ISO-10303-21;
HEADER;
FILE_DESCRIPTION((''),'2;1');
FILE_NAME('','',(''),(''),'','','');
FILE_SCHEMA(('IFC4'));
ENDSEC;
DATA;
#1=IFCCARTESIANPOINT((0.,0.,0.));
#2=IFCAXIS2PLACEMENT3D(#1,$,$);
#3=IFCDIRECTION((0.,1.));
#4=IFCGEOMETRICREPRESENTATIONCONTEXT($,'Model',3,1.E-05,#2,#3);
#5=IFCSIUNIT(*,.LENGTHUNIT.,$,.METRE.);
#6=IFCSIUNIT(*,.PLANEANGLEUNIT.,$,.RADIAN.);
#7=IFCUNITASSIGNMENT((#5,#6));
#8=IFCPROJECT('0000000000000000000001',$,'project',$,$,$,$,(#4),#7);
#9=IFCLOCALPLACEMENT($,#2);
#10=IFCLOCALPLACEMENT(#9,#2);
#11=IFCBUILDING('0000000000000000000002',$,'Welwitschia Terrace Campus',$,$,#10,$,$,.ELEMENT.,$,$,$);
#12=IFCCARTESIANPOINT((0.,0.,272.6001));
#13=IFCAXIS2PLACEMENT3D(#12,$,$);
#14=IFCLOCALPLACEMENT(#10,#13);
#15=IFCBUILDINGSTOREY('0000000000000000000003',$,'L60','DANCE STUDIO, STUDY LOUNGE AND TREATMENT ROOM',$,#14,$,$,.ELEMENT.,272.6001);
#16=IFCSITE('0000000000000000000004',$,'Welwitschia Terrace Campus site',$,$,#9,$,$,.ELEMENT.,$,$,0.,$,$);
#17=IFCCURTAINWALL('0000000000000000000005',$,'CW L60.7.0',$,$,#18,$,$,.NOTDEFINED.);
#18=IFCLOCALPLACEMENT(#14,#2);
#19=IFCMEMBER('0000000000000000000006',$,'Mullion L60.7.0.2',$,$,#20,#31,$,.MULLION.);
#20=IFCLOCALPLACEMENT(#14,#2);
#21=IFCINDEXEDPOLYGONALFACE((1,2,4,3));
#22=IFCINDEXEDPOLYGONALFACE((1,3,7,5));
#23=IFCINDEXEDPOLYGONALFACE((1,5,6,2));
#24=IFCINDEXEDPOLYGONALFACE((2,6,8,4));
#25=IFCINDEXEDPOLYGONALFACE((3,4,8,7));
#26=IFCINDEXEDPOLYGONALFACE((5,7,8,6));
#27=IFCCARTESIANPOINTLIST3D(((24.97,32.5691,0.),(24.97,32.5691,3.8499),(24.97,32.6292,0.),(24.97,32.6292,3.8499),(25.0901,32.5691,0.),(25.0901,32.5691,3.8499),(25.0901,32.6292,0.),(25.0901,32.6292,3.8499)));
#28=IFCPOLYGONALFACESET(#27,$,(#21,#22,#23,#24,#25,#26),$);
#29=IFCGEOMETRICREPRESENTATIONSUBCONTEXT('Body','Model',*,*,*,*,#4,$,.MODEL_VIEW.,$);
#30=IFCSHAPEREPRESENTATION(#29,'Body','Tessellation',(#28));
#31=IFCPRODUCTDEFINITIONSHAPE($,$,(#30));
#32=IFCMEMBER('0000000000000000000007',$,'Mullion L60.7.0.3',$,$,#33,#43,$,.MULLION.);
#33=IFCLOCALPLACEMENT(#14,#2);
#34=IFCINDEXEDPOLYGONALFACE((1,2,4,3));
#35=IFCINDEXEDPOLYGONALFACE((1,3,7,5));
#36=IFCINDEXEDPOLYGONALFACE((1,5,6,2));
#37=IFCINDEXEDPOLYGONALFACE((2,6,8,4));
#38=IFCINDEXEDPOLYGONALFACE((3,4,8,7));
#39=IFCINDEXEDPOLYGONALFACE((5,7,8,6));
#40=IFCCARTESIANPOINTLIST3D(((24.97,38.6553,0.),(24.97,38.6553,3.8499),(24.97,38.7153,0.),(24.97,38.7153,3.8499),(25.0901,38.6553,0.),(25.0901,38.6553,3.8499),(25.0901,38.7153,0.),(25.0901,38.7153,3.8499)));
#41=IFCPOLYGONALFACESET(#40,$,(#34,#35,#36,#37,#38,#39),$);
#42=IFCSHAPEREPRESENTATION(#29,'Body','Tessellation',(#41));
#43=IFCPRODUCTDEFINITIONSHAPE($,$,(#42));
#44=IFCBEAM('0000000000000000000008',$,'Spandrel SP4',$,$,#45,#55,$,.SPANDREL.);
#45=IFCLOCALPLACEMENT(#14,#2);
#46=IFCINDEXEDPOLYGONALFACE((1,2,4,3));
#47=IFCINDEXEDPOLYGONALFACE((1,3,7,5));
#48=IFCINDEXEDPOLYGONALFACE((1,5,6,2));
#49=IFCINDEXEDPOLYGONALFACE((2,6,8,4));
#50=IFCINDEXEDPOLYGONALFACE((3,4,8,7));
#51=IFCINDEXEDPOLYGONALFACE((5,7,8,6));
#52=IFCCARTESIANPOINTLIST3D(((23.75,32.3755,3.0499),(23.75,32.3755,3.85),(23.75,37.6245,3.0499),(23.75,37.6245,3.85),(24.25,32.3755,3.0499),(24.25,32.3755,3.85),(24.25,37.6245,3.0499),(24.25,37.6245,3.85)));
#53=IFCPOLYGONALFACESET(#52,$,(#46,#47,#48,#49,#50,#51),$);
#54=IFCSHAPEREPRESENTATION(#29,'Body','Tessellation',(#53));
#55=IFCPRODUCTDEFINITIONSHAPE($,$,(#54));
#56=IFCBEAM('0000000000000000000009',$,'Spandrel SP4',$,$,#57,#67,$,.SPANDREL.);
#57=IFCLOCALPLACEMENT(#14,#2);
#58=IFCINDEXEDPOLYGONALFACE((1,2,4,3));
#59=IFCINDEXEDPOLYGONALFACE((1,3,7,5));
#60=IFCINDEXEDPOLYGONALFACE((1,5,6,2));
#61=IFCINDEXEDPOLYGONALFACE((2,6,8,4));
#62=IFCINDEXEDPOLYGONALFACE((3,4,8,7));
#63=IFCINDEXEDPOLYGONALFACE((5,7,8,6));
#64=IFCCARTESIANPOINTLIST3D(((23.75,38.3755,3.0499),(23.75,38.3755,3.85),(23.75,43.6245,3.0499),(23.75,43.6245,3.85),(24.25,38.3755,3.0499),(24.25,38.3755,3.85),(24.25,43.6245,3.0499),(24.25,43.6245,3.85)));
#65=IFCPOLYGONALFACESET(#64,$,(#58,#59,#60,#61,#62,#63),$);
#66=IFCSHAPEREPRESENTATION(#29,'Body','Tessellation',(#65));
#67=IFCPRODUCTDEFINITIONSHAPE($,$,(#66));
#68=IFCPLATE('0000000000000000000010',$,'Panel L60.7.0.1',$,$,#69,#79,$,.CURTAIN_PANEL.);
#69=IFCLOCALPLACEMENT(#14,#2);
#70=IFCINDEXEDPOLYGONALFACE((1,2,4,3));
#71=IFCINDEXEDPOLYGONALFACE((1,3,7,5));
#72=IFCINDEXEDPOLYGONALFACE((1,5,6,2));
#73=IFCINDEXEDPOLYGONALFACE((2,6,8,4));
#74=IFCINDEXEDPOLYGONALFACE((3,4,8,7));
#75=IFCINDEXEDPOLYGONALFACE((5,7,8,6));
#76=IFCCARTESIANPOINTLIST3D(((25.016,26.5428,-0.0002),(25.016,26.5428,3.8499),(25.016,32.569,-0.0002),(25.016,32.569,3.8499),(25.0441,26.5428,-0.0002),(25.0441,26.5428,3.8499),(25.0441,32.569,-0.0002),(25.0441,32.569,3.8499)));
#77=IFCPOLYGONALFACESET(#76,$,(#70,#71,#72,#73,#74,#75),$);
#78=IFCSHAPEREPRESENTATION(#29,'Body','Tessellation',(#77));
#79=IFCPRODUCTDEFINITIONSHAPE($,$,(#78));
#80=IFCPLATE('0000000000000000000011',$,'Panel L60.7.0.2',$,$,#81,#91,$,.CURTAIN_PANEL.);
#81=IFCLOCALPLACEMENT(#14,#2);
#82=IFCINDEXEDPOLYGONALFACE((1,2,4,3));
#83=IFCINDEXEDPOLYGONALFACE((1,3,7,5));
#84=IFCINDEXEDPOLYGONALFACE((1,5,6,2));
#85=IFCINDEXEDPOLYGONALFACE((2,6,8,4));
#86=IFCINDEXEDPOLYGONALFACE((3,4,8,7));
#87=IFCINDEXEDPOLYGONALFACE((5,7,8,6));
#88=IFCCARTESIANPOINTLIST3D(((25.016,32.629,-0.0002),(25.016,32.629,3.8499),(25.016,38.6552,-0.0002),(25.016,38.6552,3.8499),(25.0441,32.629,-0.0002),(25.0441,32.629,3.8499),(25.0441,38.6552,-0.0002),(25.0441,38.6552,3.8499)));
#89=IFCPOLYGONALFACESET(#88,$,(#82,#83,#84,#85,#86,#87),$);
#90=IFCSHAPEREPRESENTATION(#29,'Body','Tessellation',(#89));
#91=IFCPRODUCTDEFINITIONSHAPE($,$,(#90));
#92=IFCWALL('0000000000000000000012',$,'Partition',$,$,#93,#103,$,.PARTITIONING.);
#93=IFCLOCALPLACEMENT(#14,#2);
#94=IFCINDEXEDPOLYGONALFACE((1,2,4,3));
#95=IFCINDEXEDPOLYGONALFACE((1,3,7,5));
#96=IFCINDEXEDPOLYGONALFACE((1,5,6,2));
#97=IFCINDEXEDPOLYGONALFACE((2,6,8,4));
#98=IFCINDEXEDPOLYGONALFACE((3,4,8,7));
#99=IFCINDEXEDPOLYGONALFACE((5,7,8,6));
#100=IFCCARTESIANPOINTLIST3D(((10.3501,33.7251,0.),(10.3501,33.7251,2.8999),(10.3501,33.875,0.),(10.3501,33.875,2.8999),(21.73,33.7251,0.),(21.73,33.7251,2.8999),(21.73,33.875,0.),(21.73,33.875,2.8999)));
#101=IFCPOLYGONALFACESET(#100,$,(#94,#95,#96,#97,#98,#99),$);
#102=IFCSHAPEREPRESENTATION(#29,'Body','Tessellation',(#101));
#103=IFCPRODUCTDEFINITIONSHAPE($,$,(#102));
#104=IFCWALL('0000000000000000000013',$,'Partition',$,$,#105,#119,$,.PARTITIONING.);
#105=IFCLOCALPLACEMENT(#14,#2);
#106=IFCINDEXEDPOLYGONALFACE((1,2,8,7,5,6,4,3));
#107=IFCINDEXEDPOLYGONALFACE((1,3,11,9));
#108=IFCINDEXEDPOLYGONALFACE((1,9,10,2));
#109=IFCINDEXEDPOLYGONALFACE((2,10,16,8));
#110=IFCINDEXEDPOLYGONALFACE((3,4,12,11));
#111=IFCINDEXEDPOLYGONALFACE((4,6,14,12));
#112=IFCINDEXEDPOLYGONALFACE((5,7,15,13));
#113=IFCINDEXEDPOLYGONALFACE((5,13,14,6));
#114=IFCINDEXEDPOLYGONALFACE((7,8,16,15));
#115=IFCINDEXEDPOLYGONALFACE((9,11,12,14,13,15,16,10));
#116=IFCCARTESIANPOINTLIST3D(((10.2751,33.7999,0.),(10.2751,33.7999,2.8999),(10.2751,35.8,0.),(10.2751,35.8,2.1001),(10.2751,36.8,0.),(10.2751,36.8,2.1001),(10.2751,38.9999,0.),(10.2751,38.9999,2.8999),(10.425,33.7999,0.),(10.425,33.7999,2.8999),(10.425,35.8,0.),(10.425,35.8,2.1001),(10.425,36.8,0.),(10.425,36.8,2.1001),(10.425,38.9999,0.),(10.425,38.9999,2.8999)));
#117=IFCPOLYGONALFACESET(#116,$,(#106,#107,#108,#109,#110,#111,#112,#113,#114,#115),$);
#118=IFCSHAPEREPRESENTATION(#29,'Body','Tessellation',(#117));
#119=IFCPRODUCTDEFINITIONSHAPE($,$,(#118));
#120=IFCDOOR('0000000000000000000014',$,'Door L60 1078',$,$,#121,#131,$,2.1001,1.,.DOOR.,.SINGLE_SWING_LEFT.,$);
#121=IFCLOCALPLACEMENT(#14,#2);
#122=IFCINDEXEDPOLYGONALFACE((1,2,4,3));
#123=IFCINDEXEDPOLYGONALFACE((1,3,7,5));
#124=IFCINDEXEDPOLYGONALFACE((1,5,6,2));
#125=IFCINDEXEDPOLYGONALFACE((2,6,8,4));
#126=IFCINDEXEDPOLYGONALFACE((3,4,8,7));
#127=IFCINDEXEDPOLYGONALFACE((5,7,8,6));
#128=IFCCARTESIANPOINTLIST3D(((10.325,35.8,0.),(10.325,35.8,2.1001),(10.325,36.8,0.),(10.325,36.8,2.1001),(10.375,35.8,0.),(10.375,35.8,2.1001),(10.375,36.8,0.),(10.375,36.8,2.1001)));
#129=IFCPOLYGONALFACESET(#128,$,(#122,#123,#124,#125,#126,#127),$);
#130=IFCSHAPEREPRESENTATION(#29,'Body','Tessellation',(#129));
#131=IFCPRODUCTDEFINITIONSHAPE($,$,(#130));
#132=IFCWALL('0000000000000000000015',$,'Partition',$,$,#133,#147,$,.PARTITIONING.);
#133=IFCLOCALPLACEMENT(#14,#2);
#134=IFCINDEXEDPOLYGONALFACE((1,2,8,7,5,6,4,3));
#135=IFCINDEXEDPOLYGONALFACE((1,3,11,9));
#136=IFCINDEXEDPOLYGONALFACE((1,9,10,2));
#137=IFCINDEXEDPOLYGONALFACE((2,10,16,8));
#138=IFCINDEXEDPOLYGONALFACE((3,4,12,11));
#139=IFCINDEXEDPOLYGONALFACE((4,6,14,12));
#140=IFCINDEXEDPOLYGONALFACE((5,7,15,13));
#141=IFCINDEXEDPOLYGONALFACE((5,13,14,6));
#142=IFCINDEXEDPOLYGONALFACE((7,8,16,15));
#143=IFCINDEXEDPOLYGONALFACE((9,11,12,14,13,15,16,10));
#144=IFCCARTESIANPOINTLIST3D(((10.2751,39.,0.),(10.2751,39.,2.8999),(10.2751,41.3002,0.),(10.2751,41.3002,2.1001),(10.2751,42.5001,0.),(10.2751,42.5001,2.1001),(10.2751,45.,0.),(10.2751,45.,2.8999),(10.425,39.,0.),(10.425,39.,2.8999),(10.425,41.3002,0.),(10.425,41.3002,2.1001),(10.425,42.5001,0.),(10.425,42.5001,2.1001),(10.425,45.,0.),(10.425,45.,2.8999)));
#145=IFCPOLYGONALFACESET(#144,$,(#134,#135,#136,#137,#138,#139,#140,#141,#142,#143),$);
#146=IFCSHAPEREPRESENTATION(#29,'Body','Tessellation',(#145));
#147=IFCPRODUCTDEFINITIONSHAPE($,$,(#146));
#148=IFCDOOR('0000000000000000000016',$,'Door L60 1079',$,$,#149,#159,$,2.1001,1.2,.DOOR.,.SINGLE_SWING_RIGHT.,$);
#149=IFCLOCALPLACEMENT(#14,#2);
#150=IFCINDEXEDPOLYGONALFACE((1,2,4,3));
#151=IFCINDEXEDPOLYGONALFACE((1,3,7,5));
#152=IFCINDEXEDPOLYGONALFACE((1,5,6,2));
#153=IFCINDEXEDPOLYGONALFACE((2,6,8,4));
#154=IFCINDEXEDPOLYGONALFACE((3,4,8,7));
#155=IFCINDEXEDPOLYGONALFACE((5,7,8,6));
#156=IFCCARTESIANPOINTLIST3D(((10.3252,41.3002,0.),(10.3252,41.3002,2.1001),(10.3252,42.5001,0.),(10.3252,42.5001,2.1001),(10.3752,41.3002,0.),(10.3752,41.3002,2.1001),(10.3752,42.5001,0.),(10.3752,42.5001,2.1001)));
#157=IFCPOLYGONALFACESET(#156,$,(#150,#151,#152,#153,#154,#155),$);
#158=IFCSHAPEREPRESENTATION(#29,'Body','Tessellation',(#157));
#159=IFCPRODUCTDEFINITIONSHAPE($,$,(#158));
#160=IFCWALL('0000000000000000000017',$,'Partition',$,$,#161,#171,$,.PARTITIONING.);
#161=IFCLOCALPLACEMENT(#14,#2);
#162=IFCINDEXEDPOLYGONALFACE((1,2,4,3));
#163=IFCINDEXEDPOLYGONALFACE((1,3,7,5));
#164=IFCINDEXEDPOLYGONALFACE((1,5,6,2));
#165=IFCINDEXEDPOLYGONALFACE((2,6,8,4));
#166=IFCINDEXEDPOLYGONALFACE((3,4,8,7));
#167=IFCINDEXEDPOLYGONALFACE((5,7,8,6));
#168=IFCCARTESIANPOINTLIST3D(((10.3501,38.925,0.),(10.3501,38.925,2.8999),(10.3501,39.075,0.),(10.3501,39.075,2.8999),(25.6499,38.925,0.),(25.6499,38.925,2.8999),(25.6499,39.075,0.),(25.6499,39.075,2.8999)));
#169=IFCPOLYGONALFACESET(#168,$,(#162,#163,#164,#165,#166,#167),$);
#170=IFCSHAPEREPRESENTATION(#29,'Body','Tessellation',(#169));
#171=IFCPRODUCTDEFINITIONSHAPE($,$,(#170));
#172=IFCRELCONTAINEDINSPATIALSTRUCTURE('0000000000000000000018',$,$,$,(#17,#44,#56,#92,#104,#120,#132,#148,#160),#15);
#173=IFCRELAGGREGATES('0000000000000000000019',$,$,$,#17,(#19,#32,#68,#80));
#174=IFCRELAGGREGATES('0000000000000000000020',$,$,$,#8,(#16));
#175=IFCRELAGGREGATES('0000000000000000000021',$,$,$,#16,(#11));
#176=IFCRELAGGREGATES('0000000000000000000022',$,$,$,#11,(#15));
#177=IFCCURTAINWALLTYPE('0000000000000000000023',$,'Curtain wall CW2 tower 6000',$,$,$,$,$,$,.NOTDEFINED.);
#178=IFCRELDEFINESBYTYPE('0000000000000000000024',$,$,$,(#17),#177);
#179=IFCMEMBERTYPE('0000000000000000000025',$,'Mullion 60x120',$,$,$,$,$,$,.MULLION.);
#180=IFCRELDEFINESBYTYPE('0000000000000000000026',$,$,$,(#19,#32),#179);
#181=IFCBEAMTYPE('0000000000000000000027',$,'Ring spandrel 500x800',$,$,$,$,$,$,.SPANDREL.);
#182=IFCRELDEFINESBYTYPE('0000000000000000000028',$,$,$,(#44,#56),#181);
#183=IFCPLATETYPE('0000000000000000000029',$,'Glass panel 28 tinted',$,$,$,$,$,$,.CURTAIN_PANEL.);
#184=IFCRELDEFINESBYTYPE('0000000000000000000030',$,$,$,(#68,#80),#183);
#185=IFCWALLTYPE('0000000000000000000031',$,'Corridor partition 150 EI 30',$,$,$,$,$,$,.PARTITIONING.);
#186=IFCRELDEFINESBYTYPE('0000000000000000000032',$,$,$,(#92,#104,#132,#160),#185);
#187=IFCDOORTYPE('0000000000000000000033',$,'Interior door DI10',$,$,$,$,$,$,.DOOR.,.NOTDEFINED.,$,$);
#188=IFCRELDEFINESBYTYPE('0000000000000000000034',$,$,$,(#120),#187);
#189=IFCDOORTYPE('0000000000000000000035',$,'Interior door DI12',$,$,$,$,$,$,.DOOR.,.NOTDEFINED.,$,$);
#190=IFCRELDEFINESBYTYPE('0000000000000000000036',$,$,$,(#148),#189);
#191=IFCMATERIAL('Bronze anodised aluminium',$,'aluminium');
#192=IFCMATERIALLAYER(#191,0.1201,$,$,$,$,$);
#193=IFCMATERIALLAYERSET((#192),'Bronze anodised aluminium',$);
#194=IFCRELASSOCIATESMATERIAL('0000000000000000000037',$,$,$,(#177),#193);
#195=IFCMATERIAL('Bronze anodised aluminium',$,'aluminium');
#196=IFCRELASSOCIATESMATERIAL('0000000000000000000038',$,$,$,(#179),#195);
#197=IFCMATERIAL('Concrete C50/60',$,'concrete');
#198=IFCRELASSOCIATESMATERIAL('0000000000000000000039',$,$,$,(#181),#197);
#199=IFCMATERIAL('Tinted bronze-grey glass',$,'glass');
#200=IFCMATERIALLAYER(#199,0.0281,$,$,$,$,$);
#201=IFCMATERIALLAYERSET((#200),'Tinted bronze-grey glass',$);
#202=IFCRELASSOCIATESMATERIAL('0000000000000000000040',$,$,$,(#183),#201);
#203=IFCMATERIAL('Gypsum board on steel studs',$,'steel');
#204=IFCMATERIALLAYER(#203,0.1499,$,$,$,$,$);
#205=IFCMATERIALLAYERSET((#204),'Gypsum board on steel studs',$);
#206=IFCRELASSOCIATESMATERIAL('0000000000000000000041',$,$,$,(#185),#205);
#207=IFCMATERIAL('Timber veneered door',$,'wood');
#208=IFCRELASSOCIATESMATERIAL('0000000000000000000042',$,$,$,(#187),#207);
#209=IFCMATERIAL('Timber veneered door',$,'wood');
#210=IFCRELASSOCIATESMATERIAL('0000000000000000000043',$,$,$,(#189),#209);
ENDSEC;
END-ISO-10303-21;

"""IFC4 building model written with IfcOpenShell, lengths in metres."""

from ifc_helpers import new_model, si_unit, direction, frame, frame_2d, origin, origin_2d, place, context, subcontext, project, spatial, rectangle, extrude, material, layer, layer_set, material_profile, profile_set, type_object, element, fill, aggregate, save


model = new_model("IFC4")

# Units and contexts
model_context = context("Model", 3, precision=1e-05, world=origin(), true_north=direction((0.0, 1.0)))
body_context = subcontext(model_context, "Body", "Model", "MODEL_VIEW")
ifc_project = project(units=[si_unit("LENGTHUNIT", "METRE"), si_unit("PLANEANGLEUNIT", "RADIAN")], contexts=[model_context])

# Site, building, storey
site_placement = place(None, origin())
site = spatial("IfcSite", under=ifc_project, at=site_placement, Name="Welwitschia Terrace Campus site", CompositionType="ELEMENT", RefElevation=0.0)
building_placement = place(site_placement, origin())
building = spatial("IfcBuilding", under=site, at=building_placement, Name="Welwitschia Terrace Campus", CompositionType="ELEMENT")
storey_placement = place(building_placement, frame((0.0, 0.0, 272.6001)))
storey = spatial("IfcBuildingStorey", under=building, at=storey_placement, Name="L60", Description="DANCE STUDIO, STUDY LOUNGE AND TREATMENT ROOM", CompositionType="ELEMENT", Elevation=272.6001)

# Curtain wall, members
ifc_material_1 = material(Name="Bronze anodised aluminium", Category="aluminium")
ifc_layer_1 = layer(ifc_material_1, 0.1201)
ifc_layer_set_1 = layer_set([ifc_layer_1], Name="Bronze anodised aluminium")
curtain_wall_type = type_object("IfcCurtainWallType", Name="Curtain wall CW2 tower 6000", PredefinedType="NOTDEFINED", material=ifc_layer_set_1)
curtain_wall_placement = place(storey_placement, origin())
curtain_wall = element("IfcCurtainWall", 1, at=curtain_wall_placement, inside=storey, type_object=curtain_wall_type, Name="CW L60.7.0", PredefinedType="NOTDEFINED")
ifc_material_2 = material(Name="Bronze anodised aluminium", Category="aluminium")
ifc_material_profile_1 = material_profile(ifc_material_2, rectangle(XDim=0.1201, YDim=0.0601, at=origin_2d()))
ifc_profile_set_1 = profile_set([ifc_material_profile_1], Name="Bronze anodised aluminium")
member_type = type_object("IfcMemberType", Name="Mullion 60x120", PredefinedType="MULLION", material=ifc_profile_set_1)
member_1_placement = place(storey_placement, frame((25.03, 32.5991, 0.0), z_axis=(0.0, 0.0, 1.0), x_axis=(-1.0, 0.0, 0.0)))
member_1 = element("IfcMember", 2, at=member_1_placement, type_object=member_type, Name="Mullion L60.7.0.2", PredefinedType="MULLION", context=body_context, shape_type="SweptSolid", body=[
    extrude(rectangle(XDim=0.1201, YDim=0.0601, at=origin_2d()), origin(), (0.0, 0.0, 1.0), 3.8499),
])
member_2_placement = place(storey_placement, frame((25.03, 38.6853, 0.0), z_axis=(0.0, 0.0, 1.0), x_axis=(-1.0, 0.0, 0.0)))
member_2 = element("IfcMember", 3, at=member_2_placement, type_object=member_type, Name="Mullion L60.7.0.3", PredefinedType="MULLION", context=body_context, shape_type="SweptSolid", body=[
    extrude(rectangle(XDim=0.1201, YDim=0.0601, at=origin_2d()), origin(), (0.0, 0.0, 1.0), 3.8499),
])

# Beams
ifc_material_3 = material(Name="Concrete C50/60", Category="concrete")
ifc_material_profile_2 = material_profile(ifc_material_3, rectangle(XDim=0.5, YDim=0.8, at=origin_2d()))
ifc_profile_set_2 = profile_set([ifc_material_profile_2], Name="Concrete C50/60")
beam_type_1 = type_object("IfcBeamType", Name="Ring spandrel 500x800", PredefinedType="SPANDREL", material=ifc_profile_set_2)
for number, where, z_axis, x_axis, name in (
    (4, (24.0, 32.3755, 3.45), (0.0, 1.0, 0.0), (-1.0, 0.0, 0.0), "Spandrel SP4"),
    (5, (24.0, 38.3755, 3.45), (0.0, 1.0, 0.0), (-1.0, 0.0, 0.0), "Spandrel SP4"),
):
    element("IfcBeam", number, at=place(storey_placement, frame(where, z_axis=z_axis, x_axis=x_axis)), inside=storey, type_object=beam_type_1, Name=name, PredefinedType="SPANDREL", context=body_context, shape_type="SweptSolid", body=[
        extrude(rectangle(XDim=0.5, YDim=0.8, at=origin_2d()), origin(), (0.0, 0.0, 1.0), 5.249),
    ])

# Plates
ifc_material_4 = material(Name="Tinted bronze-grey glass", Category="glass")
ifc_layer_2 = layer(ifc_material_4, 0.0281)
ifc_layer_set_2 = layer_set([ifc_layer_2], Name="Tinted bronze-grey glass")
plate_type = type_object("IfcPlateType", Name="Glass panel 28 tinted", PredefinedType="CURTAIN_PANEL", material=ifc_layer_set_2)
plate_1_placement = place(storey_placement, frame((25.03, 29.5559, -0.0002), z_axis=(0.0, 0.0, 1.0), x_axis=(0.0, 1.0, 0.0)))
plate_1 = element("IfcPlate", 6, at=plate_1_placement, type_object=plate_type, Name="Panel L60.7.0.1", PredefinedType="CURTAIN_PANEL", context=body_context, shape_type="SweptSolid", body=[
    extrude(rectangle(XDim=6.0261, YDim=0.0281, at=origin_2d()), origin(), (0.0, 0.0, 1.0), 3.8501),
])
plate_2_placement = place(storey_placement, frame((25.03, 35.6421, -0.0002), z_axis=(0.0, 0.0, 1.0), x_axis=(0.0, 1.0, 0.0)))
plate_2 = element("IfcPlate", 7, at=plate_2_placement, type_object=plate_type, Name="Panel L60.7.0.2", PredefinedType="CURTAIN_PANEL", context=body_context, shape_type="SweptSolid", body=[
    extrude(rectangle(XDim=6.0261, YDim=0.0281, at=origin_2d()), origin(), (0.0, 0.0, 1.0), 3.8501),
])
aggregate(curtain_wall, [member_1, member_2, plate_1, plate_2])

# Wall
ifc_material_5 = material(Name="Gypsum board on steel studs", Category="steel")
ifc_layer_3 = layer(ifc_material_5, 0.1499)
ifc_layer_set_3 = layer_set([ifc_layer_3], Name="Gypsum board on steel studs")
wall_type = type_object("IfcWallType", Name="Corridor partition 150 EI 30", PredefinedType="PARTITIONING", material=ifc_layer_set_3)
wall_1_placement = place(storey_placement, frame((10.3501, 33.8, 0.0), z_axis=(0.0, 0.0, 1.0), x_axis=(1.0, 0.0, 0.0)))
element("IfcWall", 8, at=wall_1_placement, inside=storey, type_object=wall_type, Name="Partition", PredefinedType="PARTITIONING", context=body_context, shape_type="SweptSolid", body=[
    extrude(rectangle(XDim=11.3799, YDim=0.1499, at=frame_2d((5.6899, 0.0))), origin(), (0.0, 0.0, 1.0), 2.8999),
])

# Walls, openings, doors
wall_2_placement = place(storey_placement, frame((10.3501, 39.0, 0.0), z_axis=(0.0, 0.0, 1.0), x_axis=(0.0, -1.0, 0.0)))
wall_2 = element("IfcWall", 9, at=wall_2_placement, inside=storey, type_object=wall_type, Name="Partition", PredefinedType="PARTITIONING", context=body_context, shape_type="SweptSolid", body=[
    extrude(rectangle(XDim=5.2, YDim=0.1499, at=frame_2d((2.6001, 0.0))), origin(), (0.0, 0.0, 1.0), 2.8999),
])
opening_1_placement = place(wall_2_placement, frame((2.2, 0.0, 0.0)))
opening_1 = element("IfcOpeningElement", 10, at=opening_1_placement, cuts=wall_2, PredefinedType="OPENING", context=body_context, shape_type="SweptSolid", body=[
    extrude(rectangle(XDim=1.0, YDim=2.1001, at=frame_2d((0.5, 1.05))), frame((0.0, 0.085, 0.0), z_axis=(0.0, -1.0, 0.0), x_axis=(1.0, 0.0, 0.0)), (0.0, 0.0, 1.0), 0.1699),
])
ifc_material_6 = material(Name="Timber veneered door", Category="wood")
door_type_1 = type_object("IfcDoorType", Name="Interior door DI10", OperationType="NOTDEFINED", PredefinedType="DOOR", material=ifc_material_6)
door_1_placement = place(opening_1_placement, origin())
door_1 = element("IfcDoor", 11, at=door_1_placement, inside=storey, type_object=door_type_1, Name="Door L60 1078", OperationType="SINGLE_SWING_LEFT", OverallHeight=2.1001, OverallWidth=1.0, PredefinedType="DOOR", context=body_context, shape_type="SweptSolid", body=[
    extrude(rectangle(XDim=1.0, YDim=2.1001, at=frame_2d((0.5, 1.05))), frame((0.0, 0.0249, 0.0), z_axis=(0.0, -1.0, 0.0), x_axis=(1.0, 0.0, 0.0)), (0.0, 0.0, 1.0), 0.05),
])
fill(opening_1, door_1)
wall_3_placement = place(storey_placement, frame((10.3501, 39.0, 0.0), z_axis=(0.0, 0.0, 1.0), x_axis=(0.0, 1.0, 0.0)))
wall_3 = element("IfcWall", 12, at=wall_3_placement, inside=storey, type_object=wall_type, Name="Partition", PredefinedType="PARTITIONING", context=body_context, shape_type="SweptSolid", body=[
    extrude(rectangle(XDim=6.0, YDim=0.1499, at=frame_2d((3.0, 0.0))), origin(), (0.0, 0.0, 1.0), 2.8999),
])
opening_2_placement = place(wall_3_placement, frame((2.3, 0.0, 0.0)))
opening_2 = element("IfcOpeningElement", 13, at=opening_2_placement, cuts=wall_3, PredefinedType="OPENING", context=body_context, shape_type="SweptSolid", body=[
    extrude(rectangle(XDim=1.2, YDim=2.1001, at=frame_2d((0.6001, 1.05))), frame((0.0, 0.085, 0.0), z_axis=(0.0, -1.0, 0.0), x_axis=(1.0, 0.0, 0.0)), (0.0, 0.0, 1.0), 0.1699),
])
ifc_material_7 = material(Name="Timber veneered door", Category="wood")
door_type_2 = type_object("IfcDoorType", Name="Interior door DI12", OperationType="NOTDEFINED", PredefinedType="DOOR", material=ifc_material_7)
door_2_placement = place(opening_2_placement, origin())
door_2 = element("IfcDoor", 14, at=door_2_placement, inside=storey, type_object=door_type_2, Name="Door L60 1079", OperationType="SINGLE_SWING_RIGHT", OverallHeight=2.1001, OverallWidth=1.2, PredefinedType="DOOR", context=body_context, shape_type="SweptSolid", body=[
    extrude(rectangle(XDim=1.2, YDim=2.1001, at=frame_2d((0.6001, 1.05))), frame((0.0, 0.0249, 0.0), z_axis=(0.0, -1.0, 0.0), x_axis=(1.0, 0.0, 0.0)), (0.0, 0.0, 1.0), 0.05),
])
fill(opening_2, door_2)

# Wall
wall_4_placement = place(storey_placement, frame((10.3501, 39.0, 0.0), z_axis=(0.0, 0.0, 1.0), x_axis=(1.0, 0.0, 0.0)))
element("IfcWall", 15, at=wall_4_placement, inside=storey, type_object=wall_type, Name="Partition", PredefinedType="PARTITIONING", context=body_context, shape_type="SweptSolid", body=[
    extrude(rectangle(XDim=15.2998, YDim=0.1499, at=frame_2d((7.6499, 0.0))), origin(), (0.0, 0.0, 1.0), 2.8999),
])

save(model, "model.ifc")
